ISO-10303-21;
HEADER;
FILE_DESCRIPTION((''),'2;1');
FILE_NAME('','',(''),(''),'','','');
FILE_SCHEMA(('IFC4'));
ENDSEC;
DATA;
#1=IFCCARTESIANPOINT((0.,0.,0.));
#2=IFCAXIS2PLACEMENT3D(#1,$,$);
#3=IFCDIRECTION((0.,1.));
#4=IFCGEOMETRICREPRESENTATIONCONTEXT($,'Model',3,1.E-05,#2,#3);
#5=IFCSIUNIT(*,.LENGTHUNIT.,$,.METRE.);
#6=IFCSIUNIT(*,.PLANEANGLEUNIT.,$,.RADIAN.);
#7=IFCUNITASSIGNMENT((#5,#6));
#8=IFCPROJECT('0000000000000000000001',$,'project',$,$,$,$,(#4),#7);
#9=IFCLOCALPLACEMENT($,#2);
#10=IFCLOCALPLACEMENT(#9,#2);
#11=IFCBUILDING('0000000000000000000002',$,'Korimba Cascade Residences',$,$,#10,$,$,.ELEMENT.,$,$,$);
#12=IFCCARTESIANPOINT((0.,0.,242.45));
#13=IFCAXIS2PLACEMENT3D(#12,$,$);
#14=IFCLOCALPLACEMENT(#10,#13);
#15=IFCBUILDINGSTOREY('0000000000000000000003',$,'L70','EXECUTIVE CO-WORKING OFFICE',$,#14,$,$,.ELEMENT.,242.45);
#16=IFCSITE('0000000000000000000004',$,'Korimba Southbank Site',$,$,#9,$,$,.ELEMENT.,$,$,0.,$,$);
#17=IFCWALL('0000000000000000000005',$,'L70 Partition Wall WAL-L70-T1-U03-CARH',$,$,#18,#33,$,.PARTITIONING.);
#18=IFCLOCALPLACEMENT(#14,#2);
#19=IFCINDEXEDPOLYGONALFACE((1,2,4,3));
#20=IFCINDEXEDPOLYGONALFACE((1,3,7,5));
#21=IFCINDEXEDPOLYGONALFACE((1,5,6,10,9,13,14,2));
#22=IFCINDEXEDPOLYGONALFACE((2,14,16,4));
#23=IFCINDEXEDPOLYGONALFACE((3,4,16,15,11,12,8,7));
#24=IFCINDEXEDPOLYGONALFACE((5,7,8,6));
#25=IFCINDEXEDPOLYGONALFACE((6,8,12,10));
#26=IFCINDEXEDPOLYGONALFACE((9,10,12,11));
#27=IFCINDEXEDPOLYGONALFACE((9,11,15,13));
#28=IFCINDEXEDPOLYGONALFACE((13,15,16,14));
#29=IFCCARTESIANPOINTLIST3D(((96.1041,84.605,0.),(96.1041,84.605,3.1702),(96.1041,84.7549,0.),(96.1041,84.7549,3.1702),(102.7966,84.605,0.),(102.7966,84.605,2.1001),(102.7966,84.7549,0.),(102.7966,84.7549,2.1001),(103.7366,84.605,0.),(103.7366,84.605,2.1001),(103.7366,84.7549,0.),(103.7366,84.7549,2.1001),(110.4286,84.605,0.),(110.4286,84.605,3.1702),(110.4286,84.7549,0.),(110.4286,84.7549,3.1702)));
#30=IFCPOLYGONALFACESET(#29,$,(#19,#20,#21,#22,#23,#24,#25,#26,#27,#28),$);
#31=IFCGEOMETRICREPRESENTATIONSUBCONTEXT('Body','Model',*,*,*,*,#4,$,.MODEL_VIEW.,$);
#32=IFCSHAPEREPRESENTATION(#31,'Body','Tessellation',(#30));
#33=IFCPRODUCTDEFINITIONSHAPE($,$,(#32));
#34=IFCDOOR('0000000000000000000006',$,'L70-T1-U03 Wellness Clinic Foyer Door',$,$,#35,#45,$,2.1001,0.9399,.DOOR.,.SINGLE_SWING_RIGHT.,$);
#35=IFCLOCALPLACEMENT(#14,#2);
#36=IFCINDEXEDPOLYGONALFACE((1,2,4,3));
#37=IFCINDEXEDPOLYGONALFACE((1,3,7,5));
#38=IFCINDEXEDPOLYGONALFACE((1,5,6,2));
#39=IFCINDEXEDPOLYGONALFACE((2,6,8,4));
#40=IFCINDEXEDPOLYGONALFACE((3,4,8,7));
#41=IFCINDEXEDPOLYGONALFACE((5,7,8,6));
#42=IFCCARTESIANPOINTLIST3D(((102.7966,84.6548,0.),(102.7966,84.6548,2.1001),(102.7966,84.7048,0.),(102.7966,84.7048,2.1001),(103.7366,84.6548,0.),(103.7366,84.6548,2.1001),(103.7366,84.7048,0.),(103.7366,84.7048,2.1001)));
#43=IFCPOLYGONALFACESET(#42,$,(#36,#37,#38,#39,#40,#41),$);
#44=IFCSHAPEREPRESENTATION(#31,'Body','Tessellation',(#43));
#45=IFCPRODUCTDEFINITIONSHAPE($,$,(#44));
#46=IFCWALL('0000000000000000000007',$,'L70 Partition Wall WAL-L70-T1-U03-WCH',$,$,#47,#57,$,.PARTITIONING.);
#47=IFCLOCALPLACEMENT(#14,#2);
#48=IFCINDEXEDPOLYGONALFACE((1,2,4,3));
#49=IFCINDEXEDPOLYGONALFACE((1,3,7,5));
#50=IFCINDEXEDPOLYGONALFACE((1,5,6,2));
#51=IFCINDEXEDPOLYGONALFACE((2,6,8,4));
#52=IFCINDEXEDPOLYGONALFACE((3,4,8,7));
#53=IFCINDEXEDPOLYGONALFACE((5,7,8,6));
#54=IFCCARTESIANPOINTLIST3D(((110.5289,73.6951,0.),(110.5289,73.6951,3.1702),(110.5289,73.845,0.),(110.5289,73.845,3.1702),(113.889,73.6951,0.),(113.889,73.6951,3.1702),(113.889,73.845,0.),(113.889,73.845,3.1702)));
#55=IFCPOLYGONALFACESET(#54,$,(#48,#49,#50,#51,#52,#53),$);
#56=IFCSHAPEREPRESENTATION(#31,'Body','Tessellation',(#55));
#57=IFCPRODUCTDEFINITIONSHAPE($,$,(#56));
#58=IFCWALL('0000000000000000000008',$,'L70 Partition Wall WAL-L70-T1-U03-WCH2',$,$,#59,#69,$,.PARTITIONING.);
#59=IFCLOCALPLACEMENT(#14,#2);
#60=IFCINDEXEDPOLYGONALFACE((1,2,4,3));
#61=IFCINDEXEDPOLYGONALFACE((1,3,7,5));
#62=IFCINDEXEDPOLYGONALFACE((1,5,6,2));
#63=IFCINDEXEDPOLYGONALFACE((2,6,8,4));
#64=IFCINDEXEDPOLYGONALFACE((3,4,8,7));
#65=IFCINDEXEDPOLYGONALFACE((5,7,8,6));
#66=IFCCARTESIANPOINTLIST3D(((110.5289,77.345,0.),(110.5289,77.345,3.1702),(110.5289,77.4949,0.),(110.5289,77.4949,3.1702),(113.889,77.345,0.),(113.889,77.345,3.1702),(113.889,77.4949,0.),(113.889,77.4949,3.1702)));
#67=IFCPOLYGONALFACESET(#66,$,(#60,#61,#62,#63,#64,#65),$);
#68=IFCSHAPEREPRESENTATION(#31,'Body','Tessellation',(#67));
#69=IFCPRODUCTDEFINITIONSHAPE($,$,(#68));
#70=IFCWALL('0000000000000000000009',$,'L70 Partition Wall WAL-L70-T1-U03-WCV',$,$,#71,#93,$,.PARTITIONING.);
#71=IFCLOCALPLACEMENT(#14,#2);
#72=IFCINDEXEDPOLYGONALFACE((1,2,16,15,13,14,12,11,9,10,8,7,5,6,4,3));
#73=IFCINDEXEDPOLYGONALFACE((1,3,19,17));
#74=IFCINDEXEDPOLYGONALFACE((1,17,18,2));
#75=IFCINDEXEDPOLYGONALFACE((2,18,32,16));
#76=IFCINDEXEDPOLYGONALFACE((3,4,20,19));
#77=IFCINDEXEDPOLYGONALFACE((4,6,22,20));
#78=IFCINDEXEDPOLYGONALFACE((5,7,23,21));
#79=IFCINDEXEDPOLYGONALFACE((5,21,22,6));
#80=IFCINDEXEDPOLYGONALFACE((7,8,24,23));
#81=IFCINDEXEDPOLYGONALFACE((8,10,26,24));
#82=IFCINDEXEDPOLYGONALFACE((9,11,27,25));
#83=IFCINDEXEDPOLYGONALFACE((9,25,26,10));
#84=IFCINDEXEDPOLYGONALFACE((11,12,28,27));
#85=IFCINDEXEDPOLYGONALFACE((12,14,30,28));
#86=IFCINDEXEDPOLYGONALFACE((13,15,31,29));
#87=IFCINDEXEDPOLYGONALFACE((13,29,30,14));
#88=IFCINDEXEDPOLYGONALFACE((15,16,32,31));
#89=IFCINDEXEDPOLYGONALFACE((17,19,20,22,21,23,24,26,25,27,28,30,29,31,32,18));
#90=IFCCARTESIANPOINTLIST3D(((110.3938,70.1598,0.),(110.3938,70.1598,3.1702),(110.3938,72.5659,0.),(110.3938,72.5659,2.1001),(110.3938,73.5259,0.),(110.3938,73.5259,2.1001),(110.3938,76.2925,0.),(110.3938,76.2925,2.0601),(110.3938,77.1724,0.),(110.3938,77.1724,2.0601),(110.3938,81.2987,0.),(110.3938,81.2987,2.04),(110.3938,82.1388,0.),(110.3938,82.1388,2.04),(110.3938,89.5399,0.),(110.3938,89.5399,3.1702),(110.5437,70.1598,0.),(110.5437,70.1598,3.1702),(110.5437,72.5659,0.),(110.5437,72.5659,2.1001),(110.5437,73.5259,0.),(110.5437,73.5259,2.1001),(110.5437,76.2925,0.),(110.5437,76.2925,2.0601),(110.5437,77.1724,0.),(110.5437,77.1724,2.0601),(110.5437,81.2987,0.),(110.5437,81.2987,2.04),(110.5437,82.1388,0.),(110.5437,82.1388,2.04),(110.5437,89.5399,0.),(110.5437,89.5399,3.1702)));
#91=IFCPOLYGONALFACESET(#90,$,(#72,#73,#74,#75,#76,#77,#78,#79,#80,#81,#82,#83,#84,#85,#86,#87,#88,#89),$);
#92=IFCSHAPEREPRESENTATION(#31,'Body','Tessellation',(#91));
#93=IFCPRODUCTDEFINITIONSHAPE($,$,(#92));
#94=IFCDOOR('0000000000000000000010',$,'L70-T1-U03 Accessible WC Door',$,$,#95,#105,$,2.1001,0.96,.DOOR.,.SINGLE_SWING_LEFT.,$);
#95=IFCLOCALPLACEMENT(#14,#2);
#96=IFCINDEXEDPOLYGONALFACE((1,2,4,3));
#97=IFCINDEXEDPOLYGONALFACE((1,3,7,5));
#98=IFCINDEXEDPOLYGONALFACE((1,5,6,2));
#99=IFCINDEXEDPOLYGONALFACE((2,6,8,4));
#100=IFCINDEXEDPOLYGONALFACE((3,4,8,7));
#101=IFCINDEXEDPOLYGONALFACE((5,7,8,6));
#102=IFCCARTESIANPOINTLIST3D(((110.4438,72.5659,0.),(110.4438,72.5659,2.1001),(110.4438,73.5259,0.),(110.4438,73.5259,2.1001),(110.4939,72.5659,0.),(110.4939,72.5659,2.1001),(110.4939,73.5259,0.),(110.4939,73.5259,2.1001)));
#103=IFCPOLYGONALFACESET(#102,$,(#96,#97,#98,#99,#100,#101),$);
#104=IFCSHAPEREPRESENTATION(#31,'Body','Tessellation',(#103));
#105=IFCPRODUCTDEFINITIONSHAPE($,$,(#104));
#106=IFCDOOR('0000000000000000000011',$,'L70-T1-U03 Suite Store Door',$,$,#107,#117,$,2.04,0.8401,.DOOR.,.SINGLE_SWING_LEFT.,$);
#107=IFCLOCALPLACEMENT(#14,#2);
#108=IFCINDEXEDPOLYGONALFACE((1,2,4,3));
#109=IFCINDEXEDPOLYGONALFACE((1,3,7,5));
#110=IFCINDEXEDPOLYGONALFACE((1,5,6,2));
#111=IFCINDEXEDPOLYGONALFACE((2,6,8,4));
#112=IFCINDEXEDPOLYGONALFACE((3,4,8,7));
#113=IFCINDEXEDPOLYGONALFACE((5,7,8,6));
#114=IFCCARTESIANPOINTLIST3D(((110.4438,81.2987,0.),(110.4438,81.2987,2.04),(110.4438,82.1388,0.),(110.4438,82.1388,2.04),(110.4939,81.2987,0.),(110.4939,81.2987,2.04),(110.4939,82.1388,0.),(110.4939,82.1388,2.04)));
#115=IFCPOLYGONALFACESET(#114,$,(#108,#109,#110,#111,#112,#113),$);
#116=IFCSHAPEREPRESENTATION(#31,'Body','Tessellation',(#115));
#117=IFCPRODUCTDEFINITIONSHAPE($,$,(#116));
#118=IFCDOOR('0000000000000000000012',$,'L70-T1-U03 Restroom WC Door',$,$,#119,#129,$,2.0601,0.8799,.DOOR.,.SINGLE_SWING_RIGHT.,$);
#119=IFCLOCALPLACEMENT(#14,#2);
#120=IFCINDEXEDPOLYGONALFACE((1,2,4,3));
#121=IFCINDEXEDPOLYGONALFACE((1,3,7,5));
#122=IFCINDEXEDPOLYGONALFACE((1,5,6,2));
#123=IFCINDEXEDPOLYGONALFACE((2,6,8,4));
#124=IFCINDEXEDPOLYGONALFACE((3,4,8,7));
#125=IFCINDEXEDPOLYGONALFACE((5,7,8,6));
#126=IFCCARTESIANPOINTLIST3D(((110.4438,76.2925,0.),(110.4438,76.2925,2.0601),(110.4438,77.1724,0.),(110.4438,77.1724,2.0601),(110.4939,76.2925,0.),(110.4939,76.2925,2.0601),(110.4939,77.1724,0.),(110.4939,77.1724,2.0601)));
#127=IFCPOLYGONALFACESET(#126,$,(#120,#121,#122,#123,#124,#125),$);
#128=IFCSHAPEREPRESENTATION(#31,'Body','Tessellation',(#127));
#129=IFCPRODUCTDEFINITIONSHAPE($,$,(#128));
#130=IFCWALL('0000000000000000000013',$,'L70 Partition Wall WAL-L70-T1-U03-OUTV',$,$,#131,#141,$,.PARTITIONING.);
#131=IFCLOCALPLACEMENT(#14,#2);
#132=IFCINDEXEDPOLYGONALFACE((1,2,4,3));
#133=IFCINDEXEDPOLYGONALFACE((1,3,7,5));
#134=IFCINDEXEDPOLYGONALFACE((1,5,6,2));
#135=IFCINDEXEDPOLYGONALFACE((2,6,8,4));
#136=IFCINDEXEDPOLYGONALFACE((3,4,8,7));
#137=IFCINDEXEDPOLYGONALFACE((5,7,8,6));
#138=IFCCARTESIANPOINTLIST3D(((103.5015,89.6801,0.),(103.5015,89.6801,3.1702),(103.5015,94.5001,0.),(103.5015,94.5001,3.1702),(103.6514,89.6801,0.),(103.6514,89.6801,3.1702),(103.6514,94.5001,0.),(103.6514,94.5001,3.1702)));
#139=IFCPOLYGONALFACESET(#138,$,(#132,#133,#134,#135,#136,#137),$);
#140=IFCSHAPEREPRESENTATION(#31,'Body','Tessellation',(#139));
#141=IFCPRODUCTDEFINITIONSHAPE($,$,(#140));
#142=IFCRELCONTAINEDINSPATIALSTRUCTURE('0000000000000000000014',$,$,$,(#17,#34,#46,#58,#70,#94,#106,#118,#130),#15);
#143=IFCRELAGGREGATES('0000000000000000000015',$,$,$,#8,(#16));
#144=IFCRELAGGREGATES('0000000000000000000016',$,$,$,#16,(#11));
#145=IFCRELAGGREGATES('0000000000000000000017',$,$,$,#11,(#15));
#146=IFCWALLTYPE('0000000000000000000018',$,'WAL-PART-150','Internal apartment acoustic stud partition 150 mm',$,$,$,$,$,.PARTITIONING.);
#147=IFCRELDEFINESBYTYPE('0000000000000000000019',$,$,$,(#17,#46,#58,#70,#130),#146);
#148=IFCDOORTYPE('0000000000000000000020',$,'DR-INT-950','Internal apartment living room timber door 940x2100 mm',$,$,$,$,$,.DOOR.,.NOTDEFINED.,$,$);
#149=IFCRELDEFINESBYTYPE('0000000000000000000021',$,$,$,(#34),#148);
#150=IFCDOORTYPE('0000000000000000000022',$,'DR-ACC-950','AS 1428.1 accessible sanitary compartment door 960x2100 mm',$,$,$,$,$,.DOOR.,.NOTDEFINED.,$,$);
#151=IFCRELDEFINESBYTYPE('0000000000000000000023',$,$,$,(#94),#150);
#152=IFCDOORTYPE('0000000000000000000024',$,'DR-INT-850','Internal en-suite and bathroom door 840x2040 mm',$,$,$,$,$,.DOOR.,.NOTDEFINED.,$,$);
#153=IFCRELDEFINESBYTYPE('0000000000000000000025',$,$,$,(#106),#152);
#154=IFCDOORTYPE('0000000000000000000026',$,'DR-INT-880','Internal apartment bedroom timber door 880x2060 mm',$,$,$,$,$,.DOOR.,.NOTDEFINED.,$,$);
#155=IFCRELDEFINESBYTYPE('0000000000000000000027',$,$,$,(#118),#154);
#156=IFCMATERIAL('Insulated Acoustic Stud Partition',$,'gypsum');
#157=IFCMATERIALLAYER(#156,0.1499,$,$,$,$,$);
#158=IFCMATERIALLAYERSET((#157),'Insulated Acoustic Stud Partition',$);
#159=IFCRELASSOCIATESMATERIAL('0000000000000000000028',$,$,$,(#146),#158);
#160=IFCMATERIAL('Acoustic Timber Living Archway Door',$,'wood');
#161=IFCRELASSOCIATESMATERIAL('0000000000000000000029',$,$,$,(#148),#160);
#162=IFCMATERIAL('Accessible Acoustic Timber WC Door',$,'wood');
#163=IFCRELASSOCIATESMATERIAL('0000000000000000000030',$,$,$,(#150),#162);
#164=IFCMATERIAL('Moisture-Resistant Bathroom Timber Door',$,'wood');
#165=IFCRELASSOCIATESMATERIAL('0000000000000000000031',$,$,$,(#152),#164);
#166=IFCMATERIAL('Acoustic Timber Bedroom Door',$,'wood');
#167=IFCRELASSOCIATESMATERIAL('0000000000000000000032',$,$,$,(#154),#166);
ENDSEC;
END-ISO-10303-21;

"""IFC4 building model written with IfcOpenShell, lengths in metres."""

from ifc_helpers import new_model, si_unit, direction, frame, frame_2d, origin, place, context, subcontext, project, spatial, rectangle, extrude, material, layer, layer_set, type_object, element, fill, save


model = new_model("IFC4")

# Units and contexts
model_context = context("Model", 3, precision=1e-05, world=origin(), true_north=direction((0.0, 1.0)))
body_context = subcontext(model_context, "Body", "Model", "MODEL_VIEW")
ifc_project = project(units=[si_unit("LENGTHUNIT", "METRE"), si_unit("PLANEANGLEUNIT", "RADIAN")], contexts=[model_context])

# Site, building, storey
site_placement = place(None, origin())
site = spatial("IfcSite", under=ifc_project, at=site_placement, Name="Korimba Southbank Site", CompositionType="ELEMENT", RefElevation=0.0)
building_placement = place(site_placement, origin())
building = spatial("IfcBuilding", under=site, at=building_placement, Name="Korimba Cascade Residences", CompositionType="ELEMENT")
storey_placement = place(building_placement, frame((0.0, 0.0, 242.45)))
storey = spatial("IfcBuildingStorey", under=building, at=storey_placement, Name="L70", Description="EXECUTIVE CO-WORKING OFFICE", CompositionType="ELEMENT", Elevation=242.45)

# Wall, opening, door
ifc_material_1 = material(Name="Insulated Acoustic Stud Partition", Category="gypsum")
ifc_layer_1 = layer(ifc_material_1, 0.1499)
ifc_layer_set_1 = layer_set([ifc_layer_1], Name="Insulated Acoustic Stud Partition")
wall_type_1 = type_object("IfcWallType", Name="WAL-PART-150", Description="Internal apartment acoustic stud partition 150 mm", PredefinedType="PARTITIONING", material=ifc_layer_set_1)
wall_1_placement = place(storey_placement, frame((96.1042, 84.6799, 0.0), z_axis=(0.0, 0.0, 1.0), x_axis=(1.0, 0.0, 0.0)))
wall_1 = element("IfcWall", 1, at=wall_1_placement, inside=storey, type_object=wall_type_1, Name="L70 Partition Wall WAL-L70-T1-U03-CARH", PredefinedType="PARTITIONING", context=body_context, shape_type="SweptSolid", body=[
    extrude(rectangle(XDim=14.3245, YDim=0.1499, at=frame_2d((7.1621, 0.0))), origin(), (0.0, 0.0, 1.0), 3.1702),
])
opening_1_placement = place(wall_1_placement, frame((6.6924, 0.0, 0.0)))
opening_1 = element("IfcOpeningElement", 2, at=opening_1_placement, cuts=wall_1, PredefinedType="OPENING", context=body_context, shape_type="SweptSolid", body=[
    extrude(rectangle(XDim=0.9399, YDim=2.1001, at=frame_2d((0.47, 1.05))), frame((0.0, 0.085, 0.0), z_axis=(0.0, -1.0, 0.0), x_axis=(1.0, 0.0, 0.0)), (0.0, 0.0, 1.0), 0.1699),
])
ifc_material_2 = material(Name="Acoustic Timber Living Archway Door", Category="wood")
door_type_1 = type_object("IfcDoorType", Name="DR-INT-950", Description="Internal apartment living room timber door 940x2100 mm", OperationType="NOTDEFINED", PredefinedType="DOOR", material=ifc_material_2)
door_1_placement = place(opening_1_placement, origin())
door_1 = element("IfcDoor", 3, at=door_1_placement, inside=storey, type_object=door_type_1, Name="L70-T1-U03 Wellness Clinic Foyer Door", OperationType="SINGLE_SWING_RIGHT", OverallHeight=2.1001, OverallWidth=0.9399, PredefinedType="DOOR", context=body_context, shape_type="SweptSolid", body=[
    extrude(rectangle(XDim=0.9399, YDim=2.1001, at=frame_2d((0.47, 1.05))), frame((0.0, 0.0249, 0.0), z_axis=(0.0, -1.0, 0.0), x_axis=(1.0, 0.0, 0.0)), (0.0, 0.0, 1.0), 0.05),
])
fill(opening_1, door_1)

# Walls
for number, where, z_axis, x_axis, name in (
    (4, (110.5288, 73.77, 0.0), (0.0, 0.0, 1.0), (1.0, 0.0, 0.0), "L70 Partition Wall WAL-L70-T1-U03-WCH"),
    (5, (110.5288, 77.4199, 0.0), (0.0, 0.0, 1.0), (1.0, 0.0, 0.0), "L70 Partition Wall WAL-L70-T1-U03-WCH2"),
):
    element("IfcWall", number, at=place(storey_placement, frame(where, z_axis=z_axis, x_axis=x_axis)), inside=storey, type_object=wall_type_1, Name=name, PredefinedType="PARTITIONING", context=body_context, shape_type="SweptSolid", body=[
        extrude(rectangle(XDim=3.3601, YDim=0.1499, at=frame_2d((1.6802, 0.0))), origin(), (0.0, 0.0, 1.0), 3.1702),
    ])

# Wall, openings, doors
wall_2_placement = place(storey_placement, frame((110.4688, 70.1599, 0.0), z_axis=(0.0, 0.0, 1.0), x_axis=(0.0, 1.0, 0.0)))
wall_2 = element("IfcWall", 6, at=wall_2_placement, inside=storey, type_object=wall_type_1, Name="L70 Partition Wall WAL-L70-T1-U03-WCV", PredefinedType="PARTITIONING", context=body_context, shape_type="SweptSolid", body=[
    extrude(rectangle(XDim=19.3801, YDim=0.1499, at=frame_2d((9.6899, 0.0))), origin(), (0.0, 0.0, 1.0), 3.1702),
])
opening_2_placement = place(wall_2_placement, frame((2.406, 0.0, 0.0)))
opening_2 = element("IfcOpeningElement", 7, at=opening_2_placement, cuts=wall_2, PredefinedType="OPENING", context=body_context, shape_type="SweptSolid", body=[
    extrude(rectangle(XDim=0.96, YDim=2.1001, at=frame_2d((0.48, 1.05))), frame((0.0, 0.085, 0.0), z_axis=(0.0, -1.0, 0.0), x_axis=(1.0, 0.0, 0.0)), (0.0, 0.0, 1.0), 0.1699),
])
opening_3_placement = place(wall_2_placement, frame((6.1326, 0.0, 0.0)))
opening_3 = element("IfcOpeningElement", 8, at=opening_3_placement, cuts=wall_2, PredefinedType="OPENING", context=body_context, shape_type="SweptSolid", body=[
    extrude(rectangle(XDim=0.8799, YDim=2.0601, at=frame_2d((0.4399, 1.03))), frame((0.0, 0.085, 0.0), z_axis=(0.0, -1.0, 0.0), x_axis=(1.0, 0.0, 0.0)), (0.0, 0.0, 1.0), 0.1699),
])
opening_4_placement = place(wall_2_placement, frame((11.1389, 0.0, 0.0)))
opening_4 = element("IfcOpeningElement", 9, at=opening_4_placement, cuts=wall_2, PredefinedType="OPENING", context=body_context, shape_type="SweptSolid", body=[
    extrude(rectangle(XDim=0.8401, YDim=2.04, at=frame_2d((0.4199, 1.02))), frame((0.0, 0.085, 0.0), z_axis=(0.0, -1.0, 0.0), x_axis=(1.0, 0.0, 0.0)), (0.0, 0.0, 1.0), 0.1699),
])
ifc_material_3 = material(Name="Accessible Acoustic Timber WC Door", Category="wood")
door_type_2 = type_object("IfcDoorType", Name="DR-ACC-950", Description="AS 1428.1 accessible sanitary compartment door 960x2100 mm", OperationType="NOTDEFINED", PredefinedType="DOOR", material=ifc_material_3)
door_2_placement = place(opening_2_placement, origin())
door_2 = element("IfcDoor", 10, at=door_2_placement, inside=storey, type_object=door_type_2, Name="L70-T1-U03 Accessible WC Door", OperationType="SINGLE_SWING_LEFT", OverallHeight=2.1001, OverallWidth=0.96, PredefinedType="DOOR", context=body_context, shape_type="SweptSolid", body=[
    extrude(rectangle(XDim=0.96, YDim=2.1001, at=frame_2d((0.48, 1.05))), frame((0.0, 0.0249, 0.0), z_axis=(0.0, -1.0, 0.0), x_axis=(1.0, 0.0, 0.0)), (0.0, 0.0, 1.0), 0.05),
])
fill(opening_2, door_2)
ifc_material_4 = material(Name="Moisture-Resistant Bathroom Timber Door", Category="wood")
door_type_3 = type_object("IfcDoorType", Name="DR-INT-850", Description="Internal en-suite and bathroom door 840x2040 mm", OperationType="NOTDEFINED", PredefinedType="DOOR", material=ifc_material_4)
door_3_placement = place(opening_4_placement, origin())
door_3 = element("IfcDoor", 11, at=door_3_placement, inside=storey, type_object=door_type_3, Name="L70-T1-U03 Suite Store Door", OperationType="SINGLE_SWING_LEFT", OverallHeight=2.04, OverallWidth=0.8401, PredefinedType="DOOR", context=body_context, shape_type="SweptSolid", body=[
    extrude(rectangle(XDim=0.8401, YDim=2.04, at=frame_2d((0.4199, 1.02))), frame((0.0, 0.0249, 0.0), z_axis=(0.0, -1.0, 0.0), x_axis=(1.0, 0.0, 0.0)), (0.0, 0.0, 1.0), 0.05),
])
fill(opening_4, door_3)
ifc_material_5 = material(Name="Acoustic Timber Bedroom Door", Category="wood")
door_type_4 = type_object("IfcDoorType", Name="DR-INT-880", Description="Internal apartment bedroom timber door 880x2060 mm", OperationType="NOTDEFINED", PredefinedType="DOOR", material=ifc_material_5)
door_4_placement = place(opening_3_placement, origin())
door_4 = element("IfcDoor", 12, at=door_4_placement, inside=storey, type_object=door_type_4, Name="L70-T1-U03 Restroom WC Door", OperationType="SINGLE_SWING_RIGHT", OverallHeight=2.0601, OverallWidth=0.8799, PredefinedType="DOOR", context=body_context, shape_type="SweptSolid", body=[
    extrude(rectangle(XDim=0.8799, YDim=2.0601, at=frame_2d((0.4399, 1.03))), frame((0.0, 0.0249, 0.0), z_axis=(0.0, -1.0, 0.0), x_axis=(1.0, 0.0, 0.0)), (0.0, 0.0, 1.0), 0.05),
])
fill(opening_3, door_4)

# Wall
wall_3_placement = place(storey_placement, frame((103.5764, 89.6799, 0.0), z_axis=(0.0, 0.0, 1.0), x_axis=(0.0, 1.0, 0.0)))
element("IfcWall", 13, at=wall_3_placement, inside=storey, type_object=wall_type_1, Name="L70 Partition Wall WAL-L70-T1-U03-OUTV", PredefinedType="PARTITIONING", context=body_context, shape_type="SweptSolid", body=[
    extrude(rectangle(XDim=4.8201, YDim=0.1499, at=frame_2d((2.4102, 0.0))), origin(), (0.0, 0.0, 1.0), 3.1702),
])

save(model, "model.ifc")
